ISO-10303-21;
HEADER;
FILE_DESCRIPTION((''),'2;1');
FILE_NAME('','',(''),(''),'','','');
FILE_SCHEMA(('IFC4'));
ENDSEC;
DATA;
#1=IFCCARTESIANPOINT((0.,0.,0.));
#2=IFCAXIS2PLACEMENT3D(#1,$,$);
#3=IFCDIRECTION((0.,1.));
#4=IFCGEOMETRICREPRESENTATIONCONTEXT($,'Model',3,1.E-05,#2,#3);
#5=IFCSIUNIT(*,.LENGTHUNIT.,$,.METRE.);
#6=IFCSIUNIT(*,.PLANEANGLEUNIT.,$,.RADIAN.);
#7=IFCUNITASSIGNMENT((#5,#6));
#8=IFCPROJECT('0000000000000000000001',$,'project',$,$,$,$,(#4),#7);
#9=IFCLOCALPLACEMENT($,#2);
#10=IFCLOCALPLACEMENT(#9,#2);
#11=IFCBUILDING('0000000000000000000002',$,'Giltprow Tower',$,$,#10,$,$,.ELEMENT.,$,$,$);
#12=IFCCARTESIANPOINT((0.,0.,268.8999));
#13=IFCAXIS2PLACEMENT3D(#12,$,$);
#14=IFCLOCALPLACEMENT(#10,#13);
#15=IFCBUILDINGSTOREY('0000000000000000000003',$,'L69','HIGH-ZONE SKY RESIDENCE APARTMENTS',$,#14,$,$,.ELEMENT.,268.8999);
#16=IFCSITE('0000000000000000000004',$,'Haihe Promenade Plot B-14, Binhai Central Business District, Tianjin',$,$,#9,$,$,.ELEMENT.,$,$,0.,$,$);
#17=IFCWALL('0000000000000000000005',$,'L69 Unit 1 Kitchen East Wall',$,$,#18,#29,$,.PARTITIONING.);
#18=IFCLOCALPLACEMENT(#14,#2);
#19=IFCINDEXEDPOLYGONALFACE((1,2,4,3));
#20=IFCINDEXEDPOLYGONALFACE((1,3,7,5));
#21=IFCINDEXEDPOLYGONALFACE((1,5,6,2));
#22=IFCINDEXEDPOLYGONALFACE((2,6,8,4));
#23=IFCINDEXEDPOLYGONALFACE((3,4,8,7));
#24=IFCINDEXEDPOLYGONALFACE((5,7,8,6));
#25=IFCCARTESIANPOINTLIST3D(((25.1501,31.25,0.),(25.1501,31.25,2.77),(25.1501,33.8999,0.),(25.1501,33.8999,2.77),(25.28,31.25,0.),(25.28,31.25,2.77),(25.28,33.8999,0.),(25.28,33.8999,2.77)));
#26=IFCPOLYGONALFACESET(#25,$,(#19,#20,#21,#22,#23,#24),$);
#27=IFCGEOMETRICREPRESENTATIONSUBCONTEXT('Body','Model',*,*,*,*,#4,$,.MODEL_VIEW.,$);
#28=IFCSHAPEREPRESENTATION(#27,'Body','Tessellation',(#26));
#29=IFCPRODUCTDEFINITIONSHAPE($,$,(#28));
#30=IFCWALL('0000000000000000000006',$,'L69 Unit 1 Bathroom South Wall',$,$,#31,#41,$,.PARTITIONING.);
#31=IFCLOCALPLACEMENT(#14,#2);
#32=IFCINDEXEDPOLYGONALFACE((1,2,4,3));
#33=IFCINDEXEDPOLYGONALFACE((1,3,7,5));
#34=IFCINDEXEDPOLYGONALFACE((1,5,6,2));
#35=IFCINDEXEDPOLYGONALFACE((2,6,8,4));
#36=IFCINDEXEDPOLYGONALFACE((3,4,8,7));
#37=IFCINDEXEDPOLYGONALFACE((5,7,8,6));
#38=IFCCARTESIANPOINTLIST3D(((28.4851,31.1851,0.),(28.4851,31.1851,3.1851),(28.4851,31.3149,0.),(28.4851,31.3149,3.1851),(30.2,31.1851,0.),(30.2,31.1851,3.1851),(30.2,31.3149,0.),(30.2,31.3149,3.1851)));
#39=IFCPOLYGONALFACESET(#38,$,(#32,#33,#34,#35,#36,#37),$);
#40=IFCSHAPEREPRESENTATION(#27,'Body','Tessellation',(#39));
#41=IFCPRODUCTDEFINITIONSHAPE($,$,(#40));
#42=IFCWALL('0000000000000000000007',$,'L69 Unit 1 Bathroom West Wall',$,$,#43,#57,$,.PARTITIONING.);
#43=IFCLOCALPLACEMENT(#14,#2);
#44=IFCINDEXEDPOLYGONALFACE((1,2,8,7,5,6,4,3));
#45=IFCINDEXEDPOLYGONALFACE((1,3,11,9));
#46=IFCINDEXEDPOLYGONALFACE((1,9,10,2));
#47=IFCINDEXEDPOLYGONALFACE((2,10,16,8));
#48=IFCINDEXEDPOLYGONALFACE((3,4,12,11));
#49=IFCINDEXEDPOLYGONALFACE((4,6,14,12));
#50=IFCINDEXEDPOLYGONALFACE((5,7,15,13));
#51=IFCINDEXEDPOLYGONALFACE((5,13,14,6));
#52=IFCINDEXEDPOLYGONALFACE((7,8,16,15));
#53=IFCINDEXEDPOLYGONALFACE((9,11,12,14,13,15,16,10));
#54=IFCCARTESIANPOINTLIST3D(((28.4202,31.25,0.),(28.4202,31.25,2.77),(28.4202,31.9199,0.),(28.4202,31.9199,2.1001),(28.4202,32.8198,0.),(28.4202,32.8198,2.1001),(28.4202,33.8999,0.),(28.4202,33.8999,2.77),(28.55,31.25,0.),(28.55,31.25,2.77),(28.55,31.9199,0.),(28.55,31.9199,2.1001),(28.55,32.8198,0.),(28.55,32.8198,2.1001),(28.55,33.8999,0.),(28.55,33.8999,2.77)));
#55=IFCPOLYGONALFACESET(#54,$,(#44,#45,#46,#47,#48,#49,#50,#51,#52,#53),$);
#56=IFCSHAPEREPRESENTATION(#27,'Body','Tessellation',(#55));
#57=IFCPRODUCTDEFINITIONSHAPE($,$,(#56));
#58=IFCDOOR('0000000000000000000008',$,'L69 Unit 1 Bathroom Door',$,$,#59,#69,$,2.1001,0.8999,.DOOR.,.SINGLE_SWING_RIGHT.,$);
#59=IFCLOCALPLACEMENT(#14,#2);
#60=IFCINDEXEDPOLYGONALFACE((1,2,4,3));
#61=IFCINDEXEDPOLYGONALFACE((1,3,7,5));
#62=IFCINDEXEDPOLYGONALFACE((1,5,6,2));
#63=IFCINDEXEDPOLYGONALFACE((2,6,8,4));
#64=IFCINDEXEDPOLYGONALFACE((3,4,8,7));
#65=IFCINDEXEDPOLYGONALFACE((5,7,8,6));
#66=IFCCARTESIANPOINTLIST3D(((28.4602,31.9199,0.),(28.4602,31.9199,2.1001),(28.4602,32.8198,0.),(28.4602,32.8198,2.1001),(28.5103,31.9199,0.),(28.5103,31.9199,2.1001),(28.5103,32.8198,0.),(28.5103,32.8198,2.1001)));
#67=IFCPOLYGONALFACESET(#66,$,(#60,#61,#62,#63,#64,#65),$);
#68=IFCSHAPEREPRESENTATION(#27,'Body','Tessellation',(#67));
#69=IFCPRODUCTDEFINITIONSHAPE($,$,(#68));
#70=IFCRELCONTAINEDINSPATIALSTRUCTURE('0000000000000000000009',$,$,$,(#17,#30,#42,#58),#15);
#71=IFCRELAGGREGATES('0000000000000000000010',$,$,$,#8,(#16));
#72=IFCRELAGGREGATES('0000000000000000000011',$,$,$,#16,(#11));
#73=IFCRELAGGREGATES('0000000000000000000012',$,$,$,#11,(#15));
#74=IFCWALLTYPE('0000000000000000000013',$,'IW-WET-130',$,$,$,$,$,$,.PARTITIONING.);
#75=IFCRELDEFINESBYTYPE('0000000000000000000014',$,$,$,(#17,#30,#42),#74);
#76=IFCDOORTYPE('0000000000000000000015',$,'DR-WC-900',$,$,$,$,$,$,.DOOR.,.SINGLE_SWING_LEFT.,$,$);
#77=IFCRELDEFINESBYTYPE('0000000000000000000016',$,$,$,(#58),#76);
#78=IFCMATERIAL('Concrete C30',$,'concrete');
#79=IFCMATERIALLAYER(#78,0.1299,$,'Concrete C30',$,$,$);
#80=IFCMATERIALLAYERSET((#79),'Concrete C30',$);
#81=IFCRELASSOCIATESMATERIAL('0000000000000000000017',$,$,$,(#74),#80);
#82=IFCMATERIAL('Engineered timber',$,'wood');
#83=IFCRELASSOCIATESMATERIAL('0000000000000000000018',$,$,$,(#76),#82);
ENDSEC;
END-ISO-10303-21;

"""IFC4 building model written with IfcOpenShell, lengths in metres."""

from ifc_helpers import new_model, si_unit, direction, frame, frame_2d, origin, place, context, subcontext, project, spatial, rectangle, extrude, source, transform, mapped, material, layer, layer_set, type_object, element, fill, save


model = new_model("IFC4")

# Units and contexts
model_context = context("Model", 3, precision=1e-05, world=origin(), true_north=direction((0.0, 1.0)))
body_context = subcontext(model_context, "Body", "Model", "MODEL_VIEW")
ifc_project = project(units=[si_unit("LENGTHUNIT", "METRE"), si_unit("PLANEANGLEUNIT", "RADIAN")], contexts=[model_context])

# Site, building, storey
site_placement = place(None, origin())
site = spatial("IfcSite", under=ifc_project, at=site_placement, Name="Haihe Promenade Plot B-14, Binhai Central Business District, Tianjin", CompositionType="ELEMENT", RefElevation=0.0)
building_placement = place(site_placement, origin())
building = spatial("IfcBuilding", under=site, at=building_placement, Name="Giltprow Tower", CompositionType="ELEMENT")
storey_placement = place(building_placement, frame((0.0, 0.0, 268.8999)))
storey = spatial("IfcBuildingStorey", under=building, at=storey_placement, Name="L69", Description="HIGH-ZONE SKY RESIDENCE APARTMENTS", CompositionType="ELEMENT", Elevation=268.8999)

# Shared definitions
ifc_material_1 = material(Name="Engineered timber", Category="wood")

# Shared definitions
ifc_material_2 = material(Name="Concrete C30", Category="concrete")
ifc_layer_1 = layer(ifc_material_2, 0.1299, Name="Concrete C30")
ifc_layer_set_1 = layer_set([ifc_layer_1], Name="Concrete C30")
wall_type_1 = type_object("IfcWallType", Name="IW-WET-130", PredefinedType="PARTITIONING", material=ifc_layer_set_1)

# Walls
wall_1_placement = place(storey_placement, frame((25.2151, 31.25, 0.0), z_axis=(0.0, 0.0, 1.0), x_axis=(0.0, 1.0, 0.0)))
element("IfcWall", 1, at=wall_1_placement, inside=storey, type_object=wall_type_1, Name="L69 Unit 1 Kitchen East Wall", PredefinedType="PARTITIONING", context=body_context, shape_type="SweptSolid", body=[
    extrude(rectangle(XDim=2.6499, YDim=0.1299, at=frame_2d((1.325, 0.0))), origin(), (0.0, 0.0, 1.0), 2.77),
])
wall_2_placement = place(storey_placement, frame((28.4851, 31.25, 0.0), z_axis=(0.0, 0.0, 1.0), x_axis=(1.0, 0.0, 0.0)))
element("IfcWall", 2, at=wall_2_placement, inside=storey, type_object=wall_type_1, Name="L69 Unit 1 Bathroom South Wall", PredefinedType="PARTITIONING", context=body_context, shape_type="SweptSolid", body=[
    extrude(rectangle(XDim=1.7148, YDim=0.1299, at=frame_2d((0.8574, 0.0))), origin(), (0.0, 0.0, 1.0), 3.1851),
])

# Wall, opening, door
wall_3_placement = place(storey_placement, frame((28.4851, 31.25, 0.0), z_axis=(0.0, 0.0, 1.0), x_axis=(0.0, 1.0, 0.0)))
wall_3 = element("IfcWall", 3, at=wall_3_placement, inside=storey, type_object=wall_type_1, Name="L69 Unit 1 Bathroom West Wall", PredefinedType="PARTITIONING", context=body_context, shape_type="SweptSolid", body=[
    extrude(rectangle(XDim=2.6499, YDim=0.1299, at=frame_2d((1.325, 0.0))), origin(), (0.0, 0.0, 1.0), 2.77),
])
opening_1_placement = place(wall_3_placement, frame((0.6699, 0.0, 0.0)))
opening_1 = element("IfcOpeningElement", 4, at=opening_1_placement, cuts=wall_3, PredefinedType="OPENING", context=body_context, shape_type="SweptSolid", body=[
    extrude(rectangle(XDim=0.8999, YDim=2.1001, at=frame_2d((0.45, 1.05))), frame((0.0, 0.075, 0.0), z_axis=(0.0, -1.0, 0.0), x_axis=(1.0, 0.0, 0.0)), (0.0, 0.0, 1.0), 0.1499),
])
door_type_1 = type_object("IfcDoorType", Name="DR-WC-900", OperationType="SINGLE_SWING_LEFT", PredefinedType="DOOR", material=ifc_material_1)
shared_shape_1 = source(origin(), body_context, "Body", "SweptSolid", [
    extrude(rectangle(XDim=0.8999, YDim=2.1001, at=frame_2d((0.45, 1.05))), frame((0.0, 0.0249, 0.0), z_axis=(0.0, -1.0, 0.0), x_axis=(1.0, 0.0, 0.0)), (0.0, 0.0, 1.0), 0.05),
])
door_1_placement = place(opening_1_placement, origin())
door_1 = element("IfcDoor", 5, at=door_1_placement, inside=storey, type_object=door_type_1, Name="L69 Unit 1 Bathroom Door", OperationType="SINGLE_SWING_RIGHT", OverallHeight=2.1001, OverallWidth=0.8999, PredefinedType="DOOR", context=body_context, shape_type="MappedRepresentation", body=[
    mapped(shared_shape_1, transform((0.0, 0.0, 0.0), x_axis=(1.0, 0.0, 0.0), y_axis=(0.0, 1.0, 0.0), z_axis=(0.0, 0.0, 1.0), scale=1.0)),
])
fill(opening_1, door_1)

save(model, "model.ifc")
